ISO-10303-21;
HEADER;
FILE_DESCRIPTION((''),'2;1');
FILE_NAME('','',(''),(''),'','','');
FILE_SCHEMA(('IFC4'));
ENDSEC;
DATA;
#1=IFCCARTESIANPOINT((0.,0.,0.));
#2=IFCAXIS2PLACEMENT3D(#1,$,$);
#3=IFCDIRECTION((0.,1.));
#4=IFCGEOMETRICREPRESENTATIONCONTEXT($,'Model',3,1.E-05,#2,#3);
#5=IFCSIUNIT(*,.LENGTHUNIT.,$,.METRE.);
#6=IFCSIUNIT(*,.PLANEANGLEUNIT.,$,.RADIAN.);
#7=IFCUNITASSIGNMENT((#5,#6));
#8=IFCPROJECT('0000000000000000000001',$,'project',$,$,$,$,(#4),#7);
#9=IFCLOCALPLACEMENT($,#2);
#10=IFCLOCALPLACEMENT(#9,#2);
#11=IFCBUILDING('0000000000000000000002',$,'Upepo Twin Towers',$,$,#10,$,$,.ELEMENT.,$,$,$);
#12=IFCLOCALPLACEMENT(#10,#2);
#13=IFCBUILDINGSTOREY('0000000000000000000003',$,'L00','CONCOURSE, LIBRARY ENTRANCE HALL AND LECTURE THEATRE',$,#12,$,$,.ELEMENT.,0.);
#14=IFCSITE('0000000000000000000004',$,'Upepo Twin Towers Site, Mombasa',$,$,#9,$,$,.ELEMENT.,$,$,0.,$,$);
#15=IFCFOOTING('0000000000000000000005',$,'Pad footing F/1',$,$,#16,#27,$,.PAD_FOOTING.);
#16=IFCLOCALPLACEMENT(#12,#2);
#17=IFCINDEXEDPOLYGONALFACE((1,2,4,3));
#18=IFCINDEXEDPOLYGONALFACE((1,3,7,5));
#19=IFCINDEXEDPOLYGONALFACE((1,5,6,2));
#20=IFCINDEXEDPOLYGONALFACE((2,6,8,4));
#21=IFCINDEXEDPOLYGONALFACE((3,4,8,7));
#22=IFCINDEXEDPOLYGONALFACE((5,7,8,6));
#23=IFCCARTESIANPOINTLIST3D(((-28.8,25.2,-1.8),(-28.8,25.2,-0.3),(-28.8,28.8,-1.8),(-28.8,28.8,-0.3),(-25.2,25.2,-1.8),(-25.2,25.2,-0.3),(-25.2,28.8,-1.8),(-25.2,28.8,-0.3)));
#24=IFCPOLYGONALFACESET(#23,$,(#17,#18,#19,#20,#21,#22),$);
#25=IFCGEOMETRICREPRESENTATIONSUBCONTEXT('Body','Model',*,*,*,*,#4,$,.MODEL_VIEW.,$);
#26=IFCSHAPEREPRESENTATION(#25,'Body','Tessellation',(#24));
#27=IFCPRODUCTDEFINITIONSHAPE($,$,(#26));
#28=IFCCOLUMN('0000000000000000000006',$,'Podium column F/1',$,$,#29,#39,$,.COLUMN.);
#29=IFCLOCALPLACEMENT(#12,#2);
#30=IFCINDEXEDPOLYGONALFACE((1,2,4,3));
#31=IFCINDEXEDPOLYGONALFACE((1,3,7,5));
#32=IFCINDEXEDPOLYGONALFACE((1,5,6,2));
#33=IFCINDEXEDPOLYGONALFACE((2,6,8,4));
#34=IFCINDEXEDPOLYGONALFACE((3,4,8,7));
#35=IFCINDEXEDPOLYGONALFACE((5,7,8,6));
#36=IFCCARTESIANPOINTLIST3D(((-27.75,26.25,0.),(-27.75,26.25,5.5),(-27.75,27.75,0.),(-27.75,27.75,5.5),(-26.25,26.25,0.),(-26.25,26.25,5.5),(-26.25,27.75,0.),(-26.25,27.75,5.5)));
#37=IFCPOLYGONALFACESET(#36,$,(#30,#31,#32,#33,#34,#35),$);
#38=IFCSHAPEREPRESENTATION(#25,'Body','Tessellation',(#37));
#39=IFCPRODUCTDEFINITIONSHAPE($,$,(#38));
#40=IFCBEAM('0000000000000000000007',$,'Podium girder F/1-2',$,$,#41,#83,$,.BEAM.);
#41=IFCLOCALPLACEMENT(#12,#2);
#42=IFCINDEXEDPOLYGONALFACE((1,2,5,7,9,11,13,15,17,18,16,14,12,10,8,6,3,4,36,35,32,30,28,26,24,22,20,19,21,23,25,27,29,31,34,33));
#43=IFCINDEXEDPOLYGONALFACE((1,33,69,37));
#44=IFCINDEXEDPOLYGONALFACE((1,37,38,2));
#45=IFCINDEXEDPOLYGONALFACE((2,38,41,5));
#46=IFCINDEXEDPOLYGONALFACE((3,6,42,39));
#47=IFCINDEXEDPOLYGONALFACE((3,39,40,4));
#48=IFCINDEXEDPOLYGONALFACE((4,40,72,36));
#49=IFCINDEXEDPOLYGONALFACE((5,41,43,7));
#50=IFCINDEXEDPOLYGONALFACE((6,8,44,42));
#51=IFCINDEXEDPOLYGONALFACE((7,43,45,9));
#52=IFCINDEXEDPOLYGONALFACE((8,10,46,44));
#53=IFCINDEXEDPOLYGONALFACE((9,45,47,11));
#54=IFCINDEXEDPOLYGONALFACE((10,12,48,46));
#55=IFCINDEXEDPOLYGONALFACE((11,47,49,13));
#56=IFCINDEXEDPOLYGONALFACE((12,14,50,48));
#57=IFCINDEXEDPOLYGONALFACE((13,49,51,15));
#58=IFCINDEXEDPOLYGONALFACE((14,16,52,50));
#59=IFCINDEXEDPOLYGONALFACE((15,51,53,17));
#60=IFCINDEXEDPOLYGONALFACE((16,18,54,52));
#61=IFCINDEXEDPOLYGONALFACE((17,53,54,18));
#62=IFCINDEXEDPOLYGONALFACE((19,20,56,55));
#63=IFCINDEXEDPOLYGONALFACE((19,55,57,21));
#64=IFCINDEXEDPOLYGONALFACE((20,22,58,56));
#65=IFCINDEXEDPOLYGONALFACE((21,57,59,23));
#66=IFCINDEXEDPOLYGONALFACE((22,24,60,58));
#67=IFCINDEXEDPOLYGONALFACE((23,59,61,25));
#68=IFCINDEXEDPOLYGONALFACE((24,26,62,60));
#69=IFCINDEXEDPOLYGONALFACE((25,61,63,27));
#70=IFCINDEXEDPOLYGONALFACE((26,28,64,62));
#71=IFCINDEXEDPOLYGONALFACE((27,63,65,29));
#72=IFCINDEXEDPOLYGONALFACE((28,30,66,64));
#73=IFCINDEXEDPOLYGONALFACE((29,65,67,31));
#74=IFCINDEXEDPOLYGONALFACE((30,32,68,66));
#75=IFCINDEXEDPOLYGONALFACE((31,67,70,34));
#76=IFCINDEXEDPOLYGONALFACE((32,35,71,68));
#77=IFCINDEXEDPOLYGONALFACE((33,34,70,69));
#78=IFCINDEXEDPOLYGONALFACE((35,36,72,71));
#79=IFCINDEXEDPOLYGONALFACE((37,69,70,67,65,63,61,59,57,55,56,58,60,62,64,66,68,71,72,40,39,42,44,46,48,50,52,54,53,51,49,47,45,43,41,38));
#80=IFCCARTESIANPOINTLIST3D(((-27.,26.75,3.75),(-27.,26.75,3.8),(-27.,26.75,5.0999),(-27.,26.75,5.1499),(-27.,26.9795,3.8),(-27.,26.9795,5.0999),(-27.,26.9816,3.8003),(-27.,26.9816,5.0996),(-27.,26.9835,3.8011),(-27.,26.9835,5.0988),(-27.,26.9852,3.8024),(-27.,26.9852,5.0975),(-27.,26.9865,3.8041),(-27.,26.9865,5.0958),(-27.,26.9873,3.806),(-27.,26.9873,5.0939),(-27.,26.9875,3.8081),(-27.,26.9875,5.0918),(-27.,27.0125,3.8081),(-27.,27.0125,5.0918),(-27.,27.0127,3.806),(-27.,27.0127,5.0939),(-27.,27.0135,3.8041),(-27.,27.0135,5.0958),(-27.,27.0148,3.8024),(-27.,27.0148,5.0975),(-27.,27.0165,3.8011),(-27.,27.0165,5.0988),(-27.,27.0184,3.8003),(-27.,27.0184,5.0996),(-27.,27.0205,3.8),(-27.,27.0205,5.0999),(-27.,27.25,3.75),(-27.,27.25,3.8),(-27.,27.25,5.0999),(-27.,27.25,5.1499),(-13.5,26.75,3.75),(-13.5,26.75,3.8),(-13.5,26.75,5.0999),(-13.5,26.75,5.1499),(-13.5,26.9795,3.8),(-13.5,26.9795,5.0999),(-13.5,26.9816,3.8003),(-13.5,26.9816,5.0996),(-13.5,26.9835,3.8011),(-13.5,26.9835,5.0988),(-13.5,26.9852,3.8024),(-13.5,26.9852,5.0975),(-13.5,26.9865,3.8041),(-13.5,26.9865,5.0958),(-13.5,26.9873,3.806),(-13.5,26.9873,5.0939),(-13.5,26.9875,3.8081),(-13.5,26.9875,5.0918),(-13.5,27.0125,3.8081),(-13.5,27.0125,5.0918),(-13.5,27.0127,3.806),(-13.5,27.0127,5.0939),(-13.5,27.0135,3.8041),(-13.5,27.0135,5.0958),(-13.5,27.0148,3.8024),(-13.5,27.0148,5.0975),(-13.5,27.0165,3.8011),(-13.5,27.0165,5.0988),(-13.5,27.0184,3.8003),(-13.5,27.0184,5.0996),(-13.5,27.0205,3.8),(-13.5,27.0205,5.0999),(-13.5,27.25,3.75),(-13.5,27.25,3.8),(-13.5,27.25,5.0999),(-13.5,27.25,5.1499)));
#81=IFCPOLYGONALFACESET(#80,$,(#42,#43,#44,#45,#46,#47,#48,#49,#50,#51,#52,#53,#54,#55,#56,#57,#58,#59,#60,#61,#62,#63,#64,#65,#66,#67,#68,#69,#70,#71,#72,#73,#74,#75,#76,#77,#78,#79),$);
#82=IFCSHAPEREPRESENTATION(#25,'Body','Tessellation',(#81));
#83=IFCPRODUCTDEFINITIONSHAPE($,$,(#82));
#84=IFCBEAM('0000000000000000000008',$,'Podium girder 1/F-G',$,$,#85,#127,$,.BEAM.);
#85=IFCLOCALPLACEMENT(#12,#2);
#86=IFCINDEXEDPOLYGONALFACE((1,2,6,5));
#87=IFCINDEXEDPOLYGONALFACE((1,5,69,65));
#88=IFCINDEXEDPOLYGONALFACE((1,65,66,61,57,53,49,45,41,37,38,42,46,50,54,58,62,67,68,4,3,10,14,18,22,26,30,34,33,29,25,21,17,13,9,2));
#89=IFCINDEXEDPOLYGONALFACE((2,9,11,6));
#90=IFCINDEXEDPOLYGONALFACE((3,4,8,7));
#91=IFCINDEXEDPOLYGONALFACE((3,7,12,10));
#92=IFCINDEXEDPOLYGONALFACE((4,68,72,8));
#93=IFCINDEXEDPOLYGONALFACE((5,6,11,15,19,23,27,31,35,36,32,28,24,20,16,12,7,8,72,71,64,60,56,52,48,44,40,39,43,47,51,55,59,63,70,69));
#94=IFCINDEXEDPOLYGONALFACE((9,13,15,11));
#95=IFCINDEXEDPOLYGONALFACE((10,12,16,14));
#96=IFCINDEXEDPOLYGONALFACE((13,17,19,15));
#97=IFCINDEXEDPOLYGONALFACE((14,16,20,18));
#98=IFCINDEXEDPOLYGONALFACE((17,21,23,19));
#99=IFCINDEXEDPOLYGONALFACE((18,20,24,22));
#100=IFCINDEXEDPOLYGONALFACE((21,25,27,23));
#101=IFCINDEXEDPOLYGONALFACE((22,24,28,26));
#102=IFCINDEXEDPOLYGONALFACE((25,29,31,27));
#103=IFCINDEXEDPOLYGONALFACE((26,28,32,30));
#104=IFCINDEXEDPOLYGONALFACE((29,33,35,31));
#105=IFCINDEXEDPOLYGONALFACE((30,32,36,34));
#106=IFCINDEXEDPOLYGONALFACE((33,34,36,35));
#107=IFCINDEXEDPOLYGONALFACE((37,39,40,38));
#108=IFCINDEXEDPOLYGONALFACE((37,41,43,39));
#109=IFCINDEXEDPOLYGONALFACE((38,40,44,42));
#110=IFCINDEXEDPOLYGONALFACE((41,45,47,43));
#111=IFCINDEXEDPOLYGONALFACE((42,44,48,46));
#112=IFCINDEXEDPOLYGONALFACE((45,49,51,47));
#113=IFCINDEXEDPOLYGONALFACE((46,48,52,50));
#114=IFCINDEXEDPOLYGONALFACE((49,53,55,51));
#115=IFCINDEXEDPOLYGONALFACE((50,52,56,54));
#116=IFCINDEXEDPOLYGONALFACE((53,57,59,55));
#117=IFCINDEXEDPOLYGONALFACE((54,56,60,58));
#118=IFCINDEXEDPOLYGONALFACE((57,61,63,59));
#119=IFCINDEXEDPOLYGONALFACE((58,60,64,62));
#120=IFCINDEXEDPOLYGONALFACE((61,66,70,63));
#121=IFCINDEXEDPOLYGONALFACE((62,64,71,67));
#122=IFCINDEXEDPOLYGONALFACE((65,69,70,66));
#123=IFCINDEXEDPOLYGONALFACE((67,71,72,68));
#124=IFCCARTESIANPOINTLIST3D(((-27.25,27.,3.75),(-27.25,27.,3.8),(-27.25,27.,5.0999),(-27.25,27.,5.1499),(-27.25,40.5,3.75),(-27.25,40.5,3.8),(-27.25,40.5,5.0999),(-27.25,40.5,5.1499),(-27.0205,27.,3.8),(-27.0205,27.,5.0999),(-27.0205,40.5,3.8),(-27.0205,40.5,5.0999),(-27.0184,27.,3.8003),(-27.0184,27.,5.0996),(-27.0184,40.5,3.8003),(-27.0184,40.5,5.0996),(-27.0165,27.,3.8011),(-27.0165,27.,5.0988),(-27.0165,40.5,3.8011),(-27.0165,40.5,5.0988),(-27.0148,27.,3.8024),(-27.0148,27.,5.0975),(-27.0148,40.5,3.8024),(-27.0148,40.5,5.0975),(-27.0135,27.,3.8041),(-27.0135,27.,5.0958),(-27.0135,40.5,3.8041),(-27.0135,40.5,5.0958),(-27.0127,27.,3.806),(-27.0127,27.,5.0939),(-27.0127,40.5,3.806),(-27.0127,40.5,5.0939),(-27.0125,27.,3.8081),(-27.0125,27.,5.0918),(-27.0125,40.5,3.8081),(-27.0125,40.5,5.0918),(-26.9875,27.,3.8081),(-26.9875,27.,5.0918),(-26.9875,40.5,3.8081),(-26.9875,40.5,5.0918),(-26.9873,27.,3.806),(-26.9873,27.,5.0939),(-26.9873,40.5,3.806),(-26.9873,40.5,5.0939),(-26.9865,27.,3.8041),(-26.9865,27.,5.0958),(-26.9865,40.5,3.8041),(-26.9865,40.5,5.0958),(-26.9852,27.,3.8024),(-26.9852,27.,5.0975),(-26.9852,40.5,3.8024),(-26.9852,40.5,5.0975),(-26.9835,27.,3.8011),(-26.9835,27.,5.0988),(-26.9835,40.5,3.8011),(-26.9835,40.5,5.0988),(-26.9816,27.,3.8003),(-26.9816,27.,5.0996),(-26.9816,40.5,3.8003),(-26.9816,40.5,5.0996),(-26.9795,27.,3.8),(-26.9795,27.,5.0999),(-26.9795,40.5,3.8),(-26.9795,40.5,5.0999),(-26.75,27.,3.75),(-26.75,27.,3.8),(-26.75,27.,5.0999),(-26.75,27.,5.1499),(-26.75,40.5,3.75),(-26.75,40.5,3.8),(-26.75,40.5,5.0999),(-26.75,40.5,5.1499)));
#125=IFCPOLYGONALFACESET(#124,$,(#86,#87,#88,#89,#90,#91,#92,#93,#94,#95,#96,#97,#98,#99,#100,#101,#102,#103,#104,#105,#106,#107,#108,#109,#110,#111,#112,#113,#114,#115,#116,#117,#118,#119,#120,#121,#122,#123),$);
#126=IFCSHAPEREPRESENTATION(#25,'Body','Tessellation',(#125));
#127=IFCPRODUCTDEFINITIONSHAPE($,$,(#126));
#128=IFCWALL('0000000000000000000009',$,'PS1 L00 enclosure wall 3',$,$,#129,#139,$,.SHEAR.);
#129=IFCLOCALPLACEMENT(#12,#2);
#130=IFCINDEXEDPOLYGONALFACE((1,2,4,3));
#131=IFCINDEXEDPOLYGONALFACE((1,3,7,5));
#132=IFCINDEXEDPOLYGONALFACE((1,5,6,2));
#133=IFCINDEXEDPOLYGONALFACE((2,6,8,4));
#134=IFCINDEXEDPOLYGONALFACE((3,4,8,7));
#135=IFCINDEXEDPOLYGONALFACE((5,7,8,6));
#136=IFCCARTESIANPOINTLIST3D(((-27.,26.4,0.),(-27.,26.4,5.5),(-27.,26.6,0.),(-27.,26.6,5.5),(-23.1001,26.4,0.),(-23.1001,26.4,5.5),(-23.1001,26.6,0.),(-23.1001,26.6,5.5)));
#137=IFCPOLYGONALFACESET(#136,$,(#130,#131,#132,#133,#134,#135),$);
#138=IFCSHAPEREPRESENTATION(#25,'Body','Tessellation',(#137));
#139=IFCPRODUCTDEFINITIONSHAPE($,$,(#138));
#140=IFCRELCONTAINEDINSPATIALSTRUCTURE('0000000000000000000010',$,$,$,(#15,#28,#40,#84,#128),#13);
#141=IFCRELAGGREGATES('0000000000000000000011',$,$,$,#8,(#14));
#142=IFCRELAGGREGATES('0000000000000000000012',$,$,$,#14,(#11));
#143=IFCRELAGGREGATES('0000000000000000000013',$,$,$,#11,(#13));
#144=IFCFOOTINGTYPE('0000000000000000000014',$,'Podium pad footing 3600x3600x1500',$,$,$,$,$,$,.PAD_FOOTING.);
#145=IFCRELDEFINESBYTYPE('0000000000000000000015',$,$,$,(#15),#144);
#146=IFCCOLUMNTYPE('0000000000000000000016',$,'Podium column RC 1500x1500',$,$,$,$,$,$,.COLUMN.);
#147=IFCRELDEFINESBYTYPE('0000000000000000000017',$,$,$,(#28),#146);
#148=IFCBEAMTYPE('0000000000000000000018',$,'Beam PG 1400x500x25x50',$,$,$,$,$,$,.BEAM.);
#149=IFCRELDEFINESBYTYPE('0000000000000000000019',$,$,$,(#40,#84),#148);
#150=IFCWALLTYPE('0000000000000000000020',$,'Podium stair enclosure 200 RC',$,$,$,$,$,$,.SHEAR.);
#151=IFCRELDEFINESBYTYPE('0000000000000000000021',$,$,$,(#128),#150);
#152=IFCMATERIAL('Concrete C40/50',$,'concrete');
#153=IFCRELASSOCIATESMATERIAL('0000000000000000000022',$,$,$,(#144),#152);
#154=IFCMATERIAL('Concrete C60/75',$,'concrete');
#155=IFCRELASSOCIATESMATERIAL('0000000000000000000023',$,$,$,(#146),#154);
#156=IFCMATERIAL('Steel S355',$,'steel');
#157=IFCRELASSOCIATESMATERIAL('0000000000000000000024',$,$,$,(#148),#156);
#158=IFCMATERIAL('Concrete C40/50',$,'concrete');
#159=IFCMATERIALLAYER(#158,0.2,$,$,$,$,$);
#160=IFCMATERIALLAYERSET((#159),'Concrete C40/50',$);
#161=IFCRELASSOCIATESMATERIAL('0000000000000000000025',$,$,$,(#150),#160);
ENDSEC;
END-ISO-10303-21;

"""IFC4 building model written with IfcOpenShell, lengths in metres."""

from ifc_helpers import new_model, si_unit, direction, frame, frame_2d, origin, origin_2d, place, context, subcontext, project, spatial, rectangle, i_section, extrude, material, layer, layer_set, material_profile, profile_set, type_object, element, save


model = new_model("IFC4")

# Units and contexts
model_context = context("Model", 3, precision=1e-05, world=origin(), true_north=direction((0.0, 1.0)))
body_context = subcontext(model_context, "Body", "Model", "MODEL_VIEW")
ifc_project = project(units=[si_unit("LENGTHUNIT", "METRE"), si_unit("PLANEANGLEUNIT", "RADIAN")], contexts=[model_context])

# Site, building, storey
site_placement = place(None, origin())
site = spatial("IfcSite", under=ifc_project, at=site_placement, Name="Upepo Twin Towers Site, Mombasa", CompositionType="ELEMENT", RefElevation=0.0)
building_placement = place(site_placement, origin())
building = spatial("IfcBuilding", under=site, at=building_placement, Name="Upepo Twin Towers", CompositionType="ELEMENT")
storey_placement = place(building_placement, origin())
storey = spatial("IfcBuildingStorey", under=building, at=storey_placement, Name="L00", Description="CONCOURSE, LIBRARY ENTRANCE HALL AND LECTURE THEATRE", CompositionType="ELEMENT", Elevation=0.0)

# Footing
ifc_material_1 = material(Name="Concrete C40/50", Category="concrete")
footing_type = type_object("IfcFootingType", Name="Podium pad footing 3600x3600x1500", PredefinedType="PAD_FOOTING", material=ifc_material_1)
footing_placement = place(storey_placement, frame((-27.0, 27.0, -1.8), z_axis=(0.0, 0.0, 1.0), x_axis=(1.0, 0.0, 0.0)))
element("IfcFooting", 1, at=footing_placement, inside=storey, type_object=footing_type, Name="Pad footing F/1", PredefinedType="PAD_FOOTING", context=body_context, shape_type="SweptSolid", body=[
    extrude(rectangle(XDim=3.6001, YDim=3.6001, at=origin_2d()), origin(), (0.0, 0.0, 1.0), 1.5),
])

# Column
ifc_material_2 = material(Name="Concrete C60/75", Category="concrete")
ifc_material_profile_1 = material_profile(ifc_material_2, rectangle(XDim=1.5, YDim=1.5, at=origin_2d()), Name="RC 1500x1500")
ifc_profile_set_1 = profile_set([ifc_material_profile_1], Name="Concrete C60/75")
column_type = type_object("IfcColumnType", Name="Podium column RC 1500x1500", PredefinedType="COLUMN", material=ifc_profile_set_1)
column_placement = place(storey_placement, frame((-27.0, 27.0, 0.0), z_axis=(0.0, 0.0, 1.0), x_axis=(1.0, 0.0, 0.0)))
element("IfcColumn", 2, at=column_placement, inside=storey, type_object=column_type, Name="Podium column F/1", PredefinedType="COLUMN", context=body_context, shape_type="SweptSolid", body=[
    extrude(rectangle(XDim=1.5, YDim=1.5, at=origin_2d()), origin(), (0.0, 0.0, 1.0), 5.5),
])

# Beams
ifc_material_3 = material(Name="Steel S355", Category="steel")
ifc_material_profile_2 = material_profile(ifc_material_3, i_section(OverallWidth=0.5, OverallDepth=1.3999, WebThickness=0.0249, FlangeThickness=0.05, FilletRadius=0.0081, at=origin_2d()), Name="PG 1400x500x25x50")
ifc_profile_set_2 = profile_set([ifc_material_profile_2], Name="Steel S355")
beam_type = type_object("IfcBeamType", Name="Beam PG 1400x500x25x50", PredefinedType="BEAM", material=ifc_profile_set_2)
for number, where, z_axis, x_axis, name in (
    (3, (-27.0, 27.0, 4.45), (1.0, 0.0, 0.0), (0.0, 1.0, 0.0), "Podium girder F/1-2"),
    (4, (-27.0, 27.0, 4.45), (0.0, 1.0, 0.0), (-1.0, 0.0, 0.0), "Podium girder 1/F-G"),
):
    element("IfcBeam", number, at=place(storey_placement, frame(where, z_axis=z_axis, x_axis=x_axis)), inside=storey, type_object=beam_type, Name=name, PredefinedType="BEAM", context=body_context, shape_type="SweptSolid", body=[
        extrude(i_section(OverallWidth=0.5, OverallDepth=1.3999, WebThickness=0.0249, FlangeThickness=0.05, FilletRadius=0.0081, at=origin_2d()), origin(), (0.0, 0.0, 1.0), 13.5),
    ])

# Wall
ifc_material_4 = material(Name="Concrete C40/50", Category="concrete")
ifc_layer = layer(ifc_material_4, 0.2)
ifc_layer_set = layer_set([ifc_layer], Name="Concrete C40/50")
wall_type = type_object("IfcWallType", Name="Podium stair enclosure 200 RC", PredefinedType="SHEAR", material=ifc_layer_set)
wall_placement = place(storey_placement, frame((-23.1001, 26.5, 0.0), z_axis=(0.0, 0.0, 1.0), x_axis=(-1.0, 0.0, 0.0)))
element("IfcWall", 5, at=wall_placement, inside=storey, type_object=wall_type, Name="PS1 L00 enclosure wall 3", PredefinedType="SHEAR", context=body_context, shape_type="SweptSolid", body=[
    extrude(rectangle(XDim=3.8999, YDim=0.2, at=frame_2d((1.95, 0.0))), origin(), (0.0, 0.0, 1.0), 5.5),
])

save(model, "model.ifc")
